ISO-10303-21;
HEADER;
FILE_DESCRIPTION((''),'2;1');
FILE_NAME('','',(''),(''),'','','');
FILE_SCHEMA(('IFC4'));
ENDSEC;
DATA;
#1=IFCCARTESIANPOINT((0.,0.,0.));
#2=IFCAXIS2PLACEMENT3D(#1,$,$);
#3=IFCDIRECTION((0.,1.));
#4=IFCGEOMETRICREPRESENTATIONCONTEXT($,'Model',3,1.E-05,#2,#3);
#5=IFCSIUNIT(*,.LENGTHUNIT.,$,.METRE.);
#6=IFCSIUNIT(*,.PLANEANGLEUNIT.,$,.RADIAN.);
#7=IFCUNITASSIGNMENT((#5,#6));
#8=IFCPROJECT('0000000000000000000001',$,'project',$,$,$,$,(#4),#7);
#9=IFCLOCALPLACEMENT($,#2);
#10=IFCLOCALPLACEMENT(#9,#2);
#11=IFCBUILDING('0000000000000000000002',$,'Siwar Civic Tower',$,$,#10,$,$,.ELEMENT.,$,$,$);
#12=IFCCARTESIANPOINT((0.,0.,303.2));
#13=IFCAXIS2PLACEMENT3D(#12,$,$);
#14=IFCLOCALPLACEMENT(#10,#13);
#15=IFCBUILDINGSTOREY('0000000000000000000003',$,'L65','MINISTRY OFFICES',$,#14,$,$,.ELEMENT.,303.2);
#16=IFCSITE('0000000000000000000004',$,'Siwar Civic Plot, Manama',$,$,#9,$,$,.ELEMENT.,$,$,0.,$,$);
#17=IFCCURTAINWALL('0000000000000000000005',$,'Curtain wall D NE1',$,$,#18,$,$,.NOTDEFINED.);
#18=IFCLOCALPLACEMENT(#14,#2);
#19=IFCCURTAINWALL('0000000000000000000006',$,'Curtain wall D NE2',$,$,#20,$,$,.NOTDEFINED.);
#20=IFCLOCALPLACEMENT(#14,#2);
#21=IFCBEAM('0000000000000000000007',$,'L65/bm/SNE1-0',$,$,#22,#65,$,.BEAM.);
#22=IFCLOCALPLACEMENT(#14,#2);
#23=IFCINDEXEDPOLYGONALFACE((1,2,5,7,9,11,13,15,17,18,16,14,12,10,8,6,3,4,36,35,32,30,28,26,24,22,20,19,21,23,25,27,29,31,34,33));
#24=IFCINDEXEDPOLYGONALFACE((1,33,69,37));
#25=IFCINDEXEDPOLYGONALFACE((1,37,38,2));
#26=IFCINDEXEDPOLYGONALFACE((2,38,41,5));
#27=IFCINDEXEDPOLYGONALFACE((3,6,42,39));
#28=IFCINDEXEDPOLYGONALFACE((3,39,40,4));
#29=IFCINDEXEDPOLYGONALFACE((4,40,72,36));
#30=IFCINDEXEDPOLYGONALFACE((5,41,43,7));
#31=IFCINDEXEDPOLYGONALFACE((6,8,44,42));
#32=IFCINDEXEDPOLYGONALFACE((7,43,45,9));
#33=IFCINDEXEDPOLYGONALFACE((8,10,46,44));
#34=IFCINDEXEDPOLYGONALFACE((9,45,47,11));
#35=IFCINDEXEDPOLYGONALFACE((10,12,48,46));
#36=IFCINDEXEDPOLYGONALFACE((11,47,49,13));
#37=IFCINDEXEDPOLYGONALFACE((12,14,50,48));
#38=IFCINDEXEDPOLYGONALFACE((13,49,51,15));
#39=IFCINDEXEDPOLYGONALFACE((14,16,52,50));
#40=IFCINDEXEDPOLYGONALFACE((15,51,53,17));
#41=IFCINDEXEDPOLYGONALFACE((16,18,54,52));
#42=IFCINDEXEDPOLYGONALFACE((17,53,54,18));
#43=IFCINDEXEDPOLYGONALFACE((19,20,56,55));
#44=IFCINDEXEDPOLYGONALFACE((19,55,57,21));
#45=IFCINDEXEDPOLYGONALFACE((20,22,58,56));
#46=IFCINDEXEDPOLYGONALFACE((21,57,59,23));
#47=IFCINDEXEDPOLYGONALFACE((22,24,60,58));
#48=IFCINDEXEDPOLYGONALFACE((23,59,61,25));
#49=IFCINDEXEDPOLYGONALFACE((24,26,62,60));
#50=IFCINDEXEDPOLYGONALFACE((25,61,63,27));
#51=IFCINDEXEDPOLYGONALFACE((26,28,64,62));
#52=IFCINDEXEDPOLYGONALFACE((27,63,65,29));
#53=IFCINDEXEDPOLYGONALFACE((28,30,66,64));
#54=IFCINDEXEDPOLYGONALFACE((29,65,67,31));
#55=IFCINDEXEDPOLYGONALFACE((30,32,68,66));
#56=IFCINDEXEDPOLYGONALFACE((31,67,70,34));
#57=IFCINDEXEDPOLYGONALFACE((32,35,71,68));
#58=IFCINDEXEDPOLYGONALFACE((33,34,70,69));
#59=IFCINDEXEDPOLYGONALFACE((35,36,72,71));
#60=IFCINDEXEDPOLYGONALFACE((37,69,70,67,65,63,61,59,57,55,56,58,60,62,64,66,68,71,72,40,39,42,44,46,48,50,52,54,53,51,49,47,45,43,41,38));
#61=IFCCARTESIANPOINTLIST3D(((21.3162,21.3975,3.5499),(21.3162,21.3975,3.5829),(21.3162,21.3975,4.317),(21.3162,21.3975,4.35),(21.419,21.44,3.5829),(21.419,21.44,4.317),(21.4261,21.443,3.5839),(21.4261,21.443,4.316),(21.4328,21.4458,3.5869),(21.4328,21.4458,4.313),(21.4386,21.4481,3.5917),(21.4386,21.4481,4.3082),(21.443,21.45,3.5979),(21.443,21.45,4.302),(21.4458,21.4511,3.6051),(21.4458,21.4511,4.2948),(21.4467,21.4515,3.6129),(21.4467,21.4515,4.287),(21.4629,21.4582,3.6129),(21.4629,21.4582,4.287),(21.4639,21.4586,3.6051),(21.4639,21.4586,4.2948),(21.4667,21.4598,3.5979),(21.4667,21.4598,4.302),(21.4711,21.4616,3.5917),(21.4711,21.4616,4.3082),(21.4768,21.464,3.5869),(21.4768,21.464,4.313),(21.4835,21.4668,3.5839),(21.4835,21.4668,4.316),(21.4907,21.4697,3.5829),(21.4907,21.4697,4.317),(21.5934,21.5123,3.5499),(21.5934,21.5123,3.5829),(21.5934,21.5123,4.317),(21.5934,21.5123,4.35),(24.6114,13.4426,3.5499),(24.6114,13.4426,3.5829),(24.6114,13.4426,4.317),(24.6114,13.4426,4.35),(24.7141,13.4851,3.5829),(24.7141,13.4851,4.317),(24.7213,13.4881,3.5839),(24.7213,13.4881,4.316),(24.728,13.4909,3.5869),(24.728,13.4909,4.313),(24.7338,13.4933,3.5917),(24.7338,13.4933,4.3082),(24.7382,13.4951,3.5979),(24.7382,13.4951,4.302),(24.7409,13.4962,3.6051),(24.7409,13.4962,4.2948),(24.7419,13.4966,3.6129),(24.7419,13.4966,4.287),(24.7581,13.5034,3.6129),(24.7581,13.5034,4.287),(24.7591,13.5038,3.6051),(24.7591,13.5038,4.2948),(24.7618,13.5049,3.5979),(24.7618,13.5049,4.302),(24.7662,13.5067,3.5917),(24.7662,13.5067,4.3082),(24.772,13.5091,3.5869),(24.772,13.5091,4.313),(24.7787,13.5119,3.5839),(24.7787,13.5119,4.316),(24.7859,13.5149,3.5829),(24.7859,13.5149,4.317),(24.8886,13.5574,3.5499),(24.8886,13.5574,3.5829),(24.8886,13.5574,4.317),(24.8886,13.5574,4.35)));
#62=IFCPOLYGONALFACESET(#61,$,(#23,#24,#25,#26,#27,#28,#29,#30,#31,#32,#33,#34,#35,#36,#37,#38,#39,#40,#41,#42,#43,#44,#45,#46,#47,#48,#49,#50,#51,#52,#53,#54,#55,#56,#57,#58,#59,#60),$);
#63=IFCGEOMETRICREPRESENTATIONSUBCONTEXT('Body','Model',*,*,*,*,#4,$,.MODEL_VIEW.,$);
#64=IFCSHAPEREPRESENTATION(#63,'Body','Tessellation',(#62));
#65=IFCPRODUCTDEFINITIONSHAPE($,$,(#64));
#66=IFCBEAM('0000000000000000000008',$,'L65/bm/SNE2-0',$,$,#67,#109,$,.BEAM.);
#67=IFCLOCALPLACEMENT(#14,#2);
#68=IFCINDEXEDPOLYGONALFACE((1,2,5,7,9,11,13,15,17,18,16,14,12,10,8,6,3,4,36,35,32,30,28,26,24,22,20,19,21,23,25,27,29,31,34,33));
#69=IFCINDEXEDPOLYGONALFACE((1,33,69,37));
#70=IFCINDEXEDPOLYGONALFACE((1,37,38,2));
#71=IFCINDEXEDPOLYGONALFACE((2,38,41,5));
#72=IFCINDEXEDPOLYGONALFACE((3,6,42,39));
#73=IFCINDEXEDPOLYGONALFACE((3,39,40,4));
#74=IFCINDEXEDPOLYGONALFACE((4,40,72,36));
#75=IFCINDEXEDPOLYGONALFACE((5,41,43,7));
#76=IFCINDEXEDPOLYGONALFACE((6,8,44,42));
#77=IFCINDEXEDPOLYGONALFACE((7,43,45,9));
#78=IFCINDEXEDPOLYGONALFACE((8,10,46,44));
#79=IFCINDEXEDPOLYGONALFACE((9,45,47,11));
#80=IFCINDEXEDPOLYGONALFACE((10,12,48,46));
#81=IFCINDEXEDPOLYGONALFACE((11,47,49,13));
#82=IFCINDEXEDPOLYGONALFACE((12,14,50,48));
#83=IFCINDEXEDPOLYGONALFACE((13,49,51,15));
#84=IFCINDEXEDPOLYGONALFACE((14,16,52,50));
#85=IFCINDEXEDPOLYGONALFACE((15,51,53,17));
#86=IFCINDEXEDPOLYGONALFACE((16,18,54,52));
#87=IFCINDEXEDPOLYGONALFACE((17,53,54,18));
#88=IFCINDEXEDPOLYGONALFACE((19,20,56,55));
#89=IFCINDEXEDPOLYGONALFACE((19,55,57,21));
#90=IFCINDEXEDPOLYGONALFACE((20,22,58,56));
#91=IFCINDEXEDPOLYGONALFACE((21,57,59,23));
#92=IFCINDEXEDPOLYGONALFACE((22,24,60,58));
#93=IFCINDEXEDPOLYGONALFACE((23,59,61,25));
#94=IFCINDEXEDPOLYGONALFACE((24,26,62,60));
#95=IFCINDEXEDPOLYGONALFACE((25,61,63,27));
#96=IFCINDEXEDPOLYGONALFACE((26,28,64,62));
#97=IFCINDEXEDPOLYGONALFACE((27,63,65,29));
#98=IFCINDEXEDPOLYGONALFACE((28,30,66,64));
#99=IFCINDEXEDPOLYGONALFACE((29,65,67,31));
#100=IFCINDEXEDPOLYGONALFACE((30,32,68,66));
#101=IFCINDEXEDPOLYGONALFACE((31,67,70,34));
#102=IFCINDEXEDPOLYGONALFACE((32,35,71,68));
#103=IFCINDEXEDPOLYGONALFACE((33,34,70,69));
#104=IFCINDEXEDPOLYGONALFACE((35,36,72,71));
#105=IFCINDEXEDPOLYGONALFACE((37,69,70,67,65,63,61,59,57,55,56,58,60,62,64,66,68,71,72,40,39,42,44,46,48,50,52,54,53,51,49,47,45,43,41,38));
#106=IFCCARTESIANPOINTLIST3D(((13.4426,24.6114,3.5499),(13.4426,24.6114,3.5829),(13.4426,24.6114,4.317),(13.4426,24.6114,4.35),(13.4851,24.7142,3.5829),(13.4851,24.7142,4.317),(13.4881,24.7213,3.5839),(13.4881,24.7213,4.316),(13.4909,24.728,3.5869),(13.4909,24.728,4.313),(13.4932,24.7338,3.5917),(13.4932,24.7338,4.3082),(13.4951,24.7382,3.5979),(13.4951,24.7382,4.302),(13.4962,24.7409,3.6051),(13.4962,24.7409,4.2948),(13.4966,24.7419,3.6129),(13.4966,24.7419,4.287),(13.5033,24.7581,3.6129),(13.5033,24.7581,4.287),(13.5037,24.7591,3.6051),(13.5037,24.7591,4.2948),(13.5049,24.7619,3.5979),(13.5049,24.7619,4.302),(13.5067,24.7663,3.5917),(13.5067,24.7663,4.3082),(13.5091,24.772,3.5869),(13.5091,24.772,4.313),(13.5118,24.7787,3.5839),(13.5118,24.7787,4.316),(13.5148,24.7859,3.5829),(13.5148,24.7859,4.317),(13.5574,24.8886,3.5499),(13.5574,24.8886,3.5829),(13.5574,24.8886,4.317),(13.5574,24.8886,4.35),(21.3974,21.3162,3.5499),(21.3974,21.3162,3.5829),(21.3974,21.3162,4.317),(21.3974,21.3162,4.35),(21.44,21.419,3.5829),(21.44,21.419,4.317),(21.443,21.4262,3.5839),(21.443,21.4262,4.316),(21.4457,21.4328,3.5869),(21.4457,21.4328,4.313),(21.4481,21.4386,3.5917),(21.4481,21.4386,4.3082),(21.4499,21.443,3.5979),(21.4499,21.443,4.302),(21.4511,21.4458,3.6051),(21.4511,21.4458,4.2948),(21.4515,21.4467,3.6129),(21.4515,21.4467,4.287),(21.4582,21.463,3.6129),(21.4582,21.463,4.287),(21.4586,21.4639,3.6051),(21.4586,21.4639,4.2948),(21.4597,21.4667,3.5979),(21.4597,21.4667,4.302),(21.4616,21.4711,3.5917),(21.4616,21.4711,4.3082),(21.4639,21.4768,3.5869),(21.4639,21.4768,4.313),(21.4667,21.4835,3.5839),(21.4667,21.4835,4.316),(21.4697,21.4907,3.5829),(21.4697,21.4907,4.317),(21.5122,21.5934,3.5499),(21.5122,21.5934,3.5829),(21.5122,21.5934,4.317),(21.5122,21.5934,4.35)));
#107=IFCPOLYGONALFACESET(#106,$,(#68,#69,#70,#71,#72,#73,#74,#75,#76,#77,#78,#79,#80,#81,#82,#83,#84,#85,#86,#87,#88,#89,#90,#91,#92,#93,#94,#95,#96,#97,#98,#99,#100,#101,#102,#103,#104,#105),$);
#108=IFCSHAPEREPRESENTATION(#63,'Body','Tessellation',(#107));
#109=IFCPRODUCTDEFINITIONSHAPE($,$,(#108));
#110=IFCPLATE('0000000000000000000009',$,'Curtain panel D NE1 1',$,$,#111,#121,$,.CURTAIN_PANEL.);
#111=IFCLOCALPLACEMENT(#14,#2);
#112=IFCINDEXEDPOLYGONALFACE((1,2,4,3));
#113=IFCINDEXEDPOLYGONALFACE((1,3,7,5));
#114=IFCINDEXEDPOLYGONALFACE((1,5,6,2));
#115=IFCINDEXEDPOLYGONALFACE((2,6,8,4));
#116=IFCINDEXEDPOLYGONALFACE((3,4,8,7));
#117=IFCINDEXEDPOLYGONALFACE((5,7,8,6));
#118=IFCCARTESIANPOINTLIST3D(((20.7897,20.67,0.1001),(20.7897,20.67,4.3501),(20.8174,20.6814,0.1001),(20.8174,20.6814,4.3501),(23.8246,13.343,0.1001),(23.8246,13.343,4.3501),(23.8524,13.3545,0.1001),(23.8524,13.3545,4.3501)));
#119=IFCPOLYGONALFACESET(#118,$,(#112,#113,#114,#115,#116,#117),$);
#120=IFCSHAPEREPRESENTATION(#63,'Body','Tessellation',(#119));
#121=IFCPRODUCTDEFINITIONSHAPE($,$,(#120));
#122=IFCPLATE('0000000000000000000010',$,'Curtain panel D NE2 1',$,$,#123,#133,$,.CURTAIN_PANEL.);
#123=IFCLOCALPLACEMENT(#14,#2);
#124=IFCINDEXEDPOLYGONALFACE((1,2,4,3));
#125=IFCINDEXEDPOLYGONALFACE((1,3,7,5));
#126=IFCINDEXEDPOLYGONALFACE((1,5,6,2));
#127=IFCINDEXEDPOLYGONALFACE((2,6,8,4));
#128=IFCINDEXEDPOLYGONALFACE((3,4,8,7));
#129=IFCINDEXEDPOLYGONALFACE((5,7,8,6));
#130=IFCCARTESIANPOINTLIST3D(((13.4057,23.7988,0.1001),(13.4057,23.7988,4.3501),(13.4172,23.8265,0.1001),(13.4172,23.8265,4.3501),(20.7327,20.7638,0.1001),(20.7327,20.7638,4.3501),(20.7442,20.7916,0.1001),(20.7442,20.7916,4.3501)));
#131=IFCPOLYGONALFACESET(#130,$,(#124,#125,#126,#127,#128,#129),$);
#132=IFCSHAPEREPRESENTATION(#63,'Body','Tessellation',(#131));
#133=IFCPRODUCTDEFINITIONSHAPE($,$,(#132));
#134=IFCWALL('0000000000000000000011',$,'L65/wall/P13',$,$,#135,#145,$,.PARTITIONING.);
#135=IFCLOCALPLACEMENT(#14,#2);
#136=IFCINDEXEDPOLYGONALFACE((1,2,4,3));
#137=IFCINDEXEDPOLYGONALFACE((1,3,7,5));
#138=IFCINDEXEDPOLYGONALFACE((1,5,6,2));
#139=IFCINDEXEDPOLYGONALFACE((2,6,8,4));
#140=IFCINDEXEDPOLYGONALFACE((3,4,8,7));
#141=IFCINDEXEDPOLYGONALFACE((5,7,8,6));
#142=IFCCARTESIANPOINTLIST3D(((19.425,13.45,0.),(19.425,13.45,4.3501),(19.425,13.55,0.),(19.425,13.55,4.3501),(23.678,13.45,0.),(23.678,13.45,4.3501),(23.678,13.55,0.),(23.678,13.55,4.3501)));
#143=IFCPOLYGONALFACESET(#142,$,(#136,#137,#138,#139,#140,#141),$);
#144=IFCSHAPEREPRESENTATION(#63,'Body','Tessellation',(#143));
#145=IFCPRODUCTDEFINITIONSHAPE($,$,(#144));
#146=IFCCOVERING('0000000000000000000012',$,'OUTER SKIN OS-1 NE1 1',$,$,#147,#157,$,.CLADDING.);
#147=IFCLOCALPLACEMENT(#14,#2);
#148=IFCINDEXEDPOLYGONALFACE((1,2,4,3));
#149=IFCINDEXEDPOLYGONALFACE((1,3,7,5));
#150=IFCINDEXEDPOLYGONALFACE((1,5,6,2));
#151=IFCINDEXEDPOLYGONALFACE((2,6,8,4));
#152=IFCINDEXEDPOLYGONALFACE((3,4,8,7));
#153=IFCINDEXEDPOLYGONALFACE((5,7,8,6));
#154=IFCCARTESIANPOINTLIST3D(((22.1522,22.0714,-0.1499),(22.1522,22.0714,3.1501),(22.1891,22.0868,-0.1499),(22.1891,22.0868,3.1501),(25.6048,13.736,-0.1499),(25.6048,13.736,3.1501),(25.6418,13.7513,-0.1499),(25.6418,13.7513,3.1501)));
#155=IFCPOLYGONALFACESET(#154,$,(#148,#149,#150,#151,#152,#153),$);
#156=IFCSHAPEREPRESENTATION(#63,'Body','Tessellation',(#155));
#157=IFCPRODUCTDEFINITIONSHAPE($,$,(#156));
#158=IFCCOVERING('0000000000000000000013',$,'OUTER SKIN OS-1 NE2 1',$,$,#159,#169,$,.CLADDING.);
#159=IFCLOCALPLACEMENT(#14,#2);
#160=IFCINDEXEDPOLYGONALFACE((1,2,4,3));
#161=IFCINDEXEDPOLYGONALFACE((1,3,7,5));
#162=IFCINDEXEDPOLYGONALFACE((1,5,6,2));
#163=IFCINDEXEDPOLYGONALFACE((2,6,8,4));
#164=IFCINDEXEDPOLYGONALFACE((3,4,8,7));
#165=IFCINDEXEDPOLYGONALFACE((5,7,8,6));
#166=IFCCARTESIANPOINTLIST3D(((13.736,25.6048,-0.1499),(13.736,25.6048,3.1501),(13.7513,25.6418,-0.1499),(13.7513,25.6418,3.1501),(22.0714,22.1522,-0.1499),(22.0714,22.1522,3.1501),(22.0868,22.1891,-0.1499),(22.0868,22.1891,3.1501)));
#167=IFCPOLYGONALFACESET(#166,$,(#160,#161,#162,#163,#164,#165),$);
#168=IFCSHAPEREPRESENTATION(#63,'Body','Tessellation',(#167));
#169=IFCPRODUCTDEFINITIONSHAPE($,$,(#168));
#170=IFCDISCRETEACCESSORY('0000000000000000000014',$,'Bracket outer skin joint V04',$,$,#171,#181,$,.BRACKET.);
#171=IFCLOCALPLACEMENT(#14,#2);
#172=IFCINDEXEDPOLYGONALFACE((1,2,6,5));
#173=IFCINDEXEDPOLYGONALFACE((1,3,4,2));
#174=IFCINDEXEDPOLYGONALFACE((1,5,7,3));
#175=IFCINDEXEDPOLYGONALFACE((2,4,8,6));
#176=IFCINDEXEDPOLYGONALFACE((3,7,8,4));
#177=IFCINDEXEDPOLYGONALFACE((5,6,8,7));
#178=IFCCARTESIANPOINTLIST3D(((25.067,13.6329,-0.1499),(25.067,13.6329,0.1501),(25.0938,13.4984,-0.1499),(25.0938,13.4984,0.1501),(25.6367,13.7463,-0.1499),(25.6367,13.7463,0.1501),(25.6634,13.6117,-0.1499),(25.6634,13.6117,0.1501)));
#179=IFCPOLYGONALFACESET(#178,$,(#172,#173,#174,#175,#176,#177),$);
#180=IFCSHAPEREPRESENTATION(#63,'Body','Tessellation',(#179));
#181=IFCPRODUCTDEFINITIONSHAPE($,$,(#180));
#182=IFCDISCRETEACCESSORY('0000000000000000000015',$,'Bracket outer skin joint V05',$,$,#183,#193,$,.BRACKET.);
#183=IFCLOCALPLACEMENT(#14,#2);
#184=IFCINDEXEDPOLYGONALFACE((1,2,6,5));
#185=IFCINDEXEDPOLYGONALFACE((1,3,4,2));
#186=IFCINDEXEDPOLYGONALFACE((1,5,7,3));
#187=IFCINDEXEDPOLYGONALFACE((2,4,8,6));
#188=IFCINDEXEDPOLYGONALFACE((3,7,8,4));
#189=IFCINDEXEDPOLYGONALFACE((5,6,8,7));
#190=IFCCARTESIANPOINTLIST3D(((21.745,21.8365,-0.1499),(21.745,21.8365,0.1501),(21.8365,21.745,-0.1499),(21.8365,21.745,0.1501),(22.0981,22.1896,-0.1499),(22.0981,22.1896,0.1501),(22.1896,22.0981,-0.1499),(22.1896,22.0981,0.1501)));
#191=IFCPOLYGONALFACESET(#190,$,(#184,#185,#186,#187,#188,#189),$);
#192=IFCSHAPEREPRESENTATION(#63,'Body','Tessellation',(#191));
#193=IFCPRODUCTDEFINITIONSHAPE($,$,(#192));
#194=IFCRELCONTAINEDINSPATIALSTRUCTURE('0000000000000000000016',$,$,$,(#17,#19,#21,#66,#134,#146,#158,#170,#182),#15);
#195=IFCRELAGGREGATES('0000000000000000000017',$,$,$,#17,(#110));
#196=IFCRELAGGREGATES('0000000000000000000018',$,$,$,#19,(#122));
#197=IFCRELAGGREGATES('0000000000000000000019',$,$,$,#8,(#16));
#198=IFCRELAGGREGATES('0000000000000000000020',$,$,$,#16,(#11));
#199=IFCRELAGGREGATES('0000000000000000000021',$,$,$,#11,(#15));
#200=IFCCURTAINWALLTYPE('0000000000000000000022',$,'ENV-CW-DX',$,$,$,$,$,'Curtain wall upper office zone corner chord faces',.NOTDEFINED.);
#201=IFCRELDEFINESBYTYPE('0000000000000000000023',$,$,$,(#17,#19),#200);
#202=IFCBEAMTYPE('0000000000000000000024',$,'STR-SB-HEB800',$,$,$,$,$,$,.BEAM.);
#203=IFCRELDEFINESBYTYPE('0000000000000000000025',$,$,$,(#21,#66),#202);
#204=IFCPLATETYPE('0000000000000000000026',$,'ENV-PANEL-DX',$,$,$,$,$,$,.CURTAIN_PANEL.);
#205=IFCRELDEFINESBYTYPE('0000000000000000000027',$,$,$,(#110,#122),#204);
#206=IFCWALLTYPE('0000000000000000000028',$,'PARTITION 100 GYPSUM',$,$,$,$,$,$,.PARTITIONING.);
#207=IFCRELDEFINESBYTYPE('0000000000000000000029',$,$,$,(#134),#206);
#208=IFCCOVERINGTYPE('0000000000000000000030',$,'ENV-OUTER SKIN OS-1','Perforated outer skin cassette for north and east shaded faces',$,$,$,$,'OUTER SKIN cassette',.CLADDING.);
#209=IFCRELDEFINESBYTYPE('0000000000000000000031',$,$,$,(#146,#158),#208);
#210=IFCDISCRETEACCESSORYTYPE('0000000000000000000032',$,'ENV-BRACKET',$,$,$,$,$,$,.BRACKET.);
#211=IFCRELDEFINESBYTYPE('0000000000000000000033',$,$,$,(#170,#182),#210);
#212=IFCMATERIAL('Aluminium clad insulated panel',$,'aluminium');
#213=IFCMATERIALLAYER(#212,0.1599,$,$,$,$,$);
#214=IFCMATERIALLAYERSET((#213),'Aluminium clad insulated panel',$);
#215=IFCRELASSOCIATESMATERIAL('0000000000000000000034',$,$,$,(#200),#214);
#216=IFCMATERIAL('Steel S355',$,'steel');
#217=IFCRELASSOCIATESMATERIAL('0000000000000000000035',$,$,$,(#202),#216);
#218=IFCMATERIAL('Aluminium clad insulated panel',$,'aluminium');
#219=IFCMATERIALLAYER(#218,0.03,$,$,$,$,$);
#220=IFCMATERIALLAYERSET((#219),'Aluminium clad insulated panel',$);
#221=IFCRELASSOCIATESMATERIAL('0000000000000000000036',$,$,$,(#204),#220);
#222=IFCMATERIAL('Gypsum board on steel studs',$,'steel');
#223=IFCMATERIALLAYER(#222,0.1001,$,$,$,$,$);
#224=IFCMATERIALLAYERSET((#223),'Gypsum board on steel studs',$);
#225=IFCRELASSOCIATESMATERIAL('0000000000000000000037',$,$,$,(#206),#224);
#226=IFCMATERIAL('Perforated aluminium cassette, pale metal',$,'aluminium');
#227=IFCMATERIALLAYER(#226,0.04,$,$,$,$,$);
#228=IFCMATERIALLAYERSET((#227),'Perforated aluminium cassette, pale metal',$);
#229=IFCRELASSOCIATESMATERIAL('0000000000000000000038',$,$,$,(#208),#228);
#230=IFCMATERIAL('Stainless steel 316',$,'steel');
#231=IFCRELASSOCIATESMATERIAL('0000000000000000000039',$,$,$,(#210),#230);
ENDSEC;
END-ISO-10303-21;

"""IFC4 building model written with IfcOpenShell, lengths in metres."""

from ifc_helpers import new_model, si_unit, direction, frame, frame_2d, origin, origin_2d, place, context, subcontext, project, spatial, rectangle, i_section, extrude, material, layer, layer_set, material_profile, profile_set, type_object, element, aggregate, save


model = new_model("IFC4")

# Units and contexts
model_context = context("Model", 3, precision=1e-05, world=origin(), true_north=direction((0.0, 1.0)))
body_context = subcontext(model_context, "Body", "Model", "MODEL_VIEW")
ifc_project = project(units=[si_unit("LENGTHUNIT", "METRE"), si_unit("PLANEANGLEUNIT", "RADIAN")], contexts=[model_context])

# Site, building, storey
site_placement = place(None, origin())
site = spatial("IfcSite", under=ifc_project, at=site_placement, Name="Siwar Civic Plot, Manama", CompositionType="ELEMENT", RefElevation=0.0)
building_placement = place(site_placement, origin())
building = spatial("IfcBuilding", under=site, at=building_placement, Name="Siwar Civic Tower", CompositionType="ELEMENT")
storey_placement = place(building_placement, frame((0.0, 0.0, 303.2)))
storey = spatial("IfcBuildingStorey", under=building, at=storey_placement, Name="L65", Description="MINISTRY OFFICES", CompositionType="ELEMENT", Elevation=303.2)

# Curtain walls
ifc_material_1 = material(Name="Aluminium clad insulated panel", Category="aluminium")
ifc_layer_1 = layer(ifc_material_1, 0.1599)
ifc_layer_set_1 = layer_set([ifc_layer_1], Name="Aluminium clad insulated panel")
curtain_wall_type = type_object("IfcCurtainWallType", Name="ENV-CW-DX", ElementType="Curtain wall upper office zone corner chord faces", PredefinedType="NOTDEFINED", material=ifc_layer_set_1)
curtain_wall_1_placement = place(storey_placement, origin())
curtain_wall_1 = element("IfcCurtainWall", 1, at=curtain_wall_1_placement, inside=storey, type_object=curtain_wall_type, Name="Curtain wall D NE1", PredefinedType="NOTDEFINED")
curtain_wall_2_placement = place(storey_placement, origin())
curtain_wall_2 = element("IfcCurtainWall", 2, at=curtain_wall_2_placement, inside=storey, type_object=curtain_wall_type, Name="Curtain wall D NE2", PredefinedType="NOTDEFINED")

# Beams
ifc_material_2 = material(Name="Steel S355", Category="steel")
ifc_material_profile_1 = material_profile(ifc_material_2, i_section(OverallWidth=0.3, OverallDepth=0.8, WebThickness=0.0176, FlangeThickness=0.033, FilletRadius=0.03, at=origin_2d()), Name="HEB800")
ifc_profile_set_1 = profile_set([ifc_material_profile_1], Name="Steel S355")
beam_type_1 = type_object("IfcBeamType", Name="STR-SB-HEB800", PredefinedType="BEAM", material=ifc_profile_set_1)
for number, where, z_axis, x_axis, name in (
    (3, (24.75, 13.5, 3.95), (-0.3827, 0.923873, 0.0), (-0.923873, -0.3827, 0.0), "L65/bm/SNE1-0"),
    (4, (21.4548, 21.4548, 3.95), (-0.923873, 0.3827, 0.0), (-0.3827, -0.923873, 0.0), "L65/bm/SNE2-0"),
):
    element("IfcBeam", number, at=place(storey_placement, frame(where, z_axis=z_axis, x_axis=x_axis)), inside=storey, type_object=beam_type_1, Name=name, PredefinedType="BEAM", context=body_context, shape_type="SweptSolid", body=[
        extrude(i_section(OverallWidth=0.3, OverallDepth=0.8, WebThickness=0.0176, FlangeThickness=0.033, FilletRadius=0.03, at=origin_2d()), origin(), (0.0, 0.0, 1.0), 8.6104),
    ])

# Plates
ifc_material_3 = material(Name="Aluminium clad insulated panel", Category="aluminium")
ifc_layer_2 = layer(ifc_material_3, 0.03)
ifc_layer_set_2 = layer_set([ifc_layer_2], Name="Aluminium clad insulated panel")
plate_type = type_object("IfcPlateType", Name="ENV-PANEL-DX", PredefinedType="CURTAIN_PANEL", material=ifc_layer_set_2)
plate_1_placement = place(storey_placement, frame((22.321, 17.0122, 0.1001), z_axis=(0.0, 0.0, 1.0), x_axis=(-0.382683, 0.92388, 0.0)))
plate_1 = element("IfcPlate", 5, at=plate_1_placement, type_object=plate_type, Name="Curtain panel D NE1 1", PredefinedType="CURTAIN_PANEL", context=body_context, shape_type="SweptSolid", body=[
    extrude(rectangle(XDim=7.9307, YDim=0.03, at=origin_2d()), origin(), (0.0, 0.0, 1.0), 4.25),
])
aggregate(curtain_wall_1, [plate_1])
plate_2_placement = place(storey_placement, frame((17.075, 22.2952, 0.1001), z_axis=(0.0, 0.0, 1.0), x_axis=(-0.92388, 0.382683, 0.0)))
plate_2 = element("IfcPlate", 6, at=plate_2_placement, type_object=plate_type, Name="Curtain panel D NE2 1", PredefinedType="CURTAIN_PANEL", context=body_context, shape_type="SweptSolid", body=[
    extrude(rectangle(XDim=7.9307, YDim=0.03, at=origin_2d()), origin(), (0.0, 0.0, 1.0), 4.25),
])
aggregate(curtain_wall_2, [plate_2])

# Wall
ifc_material_4 = material(Name="Gypsum board on steel studs", Category="steel")
ifc_layer_3 = layer(ifc_material_4, 0.1001)
ifc_layer_set_3 = layer_set([ifc_layer_3], Name="Gypsum board on steel studs")
wall_type = type_object("IfcWallType", Name="PARTITION 100 GYPSUM", PredefinedType="PARTITIONING", material=ifc_layer_set_3)
wall_placement = place(storey_placement, frame((19.425, 13.5, 0.0), z_axis=(0.0, 0.0, 1.0), x_axis=(1.0, 0.0, 0.0)))
element("IfcWall", 7, at=wall_placement, inside=storey, type_object=wall_type, Name="L65/wall/P13", PredefinedType="PARTITIONING", context=body_context, shape_type="SweptSolid", body=[
    extrude(rectangle(XDim=4.2529, YDim=0.1001, at=frame_2d((2.1265, 0.0))), origin(), (0.0, 0.0, 1.0), 4.3501),
])

# Coverings
ifc_material_5 = material(Name="Perforated aluminium cassette, pale metal", Category="aluminium")
ifc_layer_4 = layer(ifc_material_5, 0.04)
ifc_layer_set_4 = layer_set([ifc_layer_4], Name="Perforated aluminium cassette, pale metal")
covering_type = type_object("IfcCoveringType", Name="ENV-OUTER SKIN OS-1", Description="Perforated outer skin cassette for north and east shaded faces", ElementType="OUTER SKIN cassette", PredefinedType="CLADDING", material=ifc_layer_set_4)
for number, where, z_axis, x_axis, name in (
    (8, (23.897, 17.9114, -0.1499), (0.0, 0.0, 1.0), (-0.382683, 0.92388, 0.0), "OUTER SKIN OS-1 NE1 1"),
    (9, (17.9114, 23.897, -0.1499), (0.0, 0.0, 1.0), (-0.92388, 0.382683, 0.0), "OUTER SKIN OS-1 NE2 1"),
):
    element("IfcCovering", number, at=place(storey_placement, frame(where, z_axis=z_axis, x_axis=x_axis)), inside=storey, type_object=covering_type, Name=name, PredefinedType="CLADDING", context=body_context, shape_type="SweptSolid", body=[
        extrude(rectangle(XDim=9.0222, YDim=0.04, at=origin_2d()), origin(), (0.0, 0.0, 1.0), 3.3),
    ])

# Discrete accessories
ifc_material_6 = material(Name="Stainless steel 316", Category="steel")
discrete_accessory_type = type_object("IfcDiscreteAccessoryType", Name="ENV-BRACKET", PredefinedType="BRACKET", material=ifc_material_6)
discrete_accessory_1_placement = place(storey_placement, frame((25.3652, 13.6223, -0.1499), z_axis=(0.0, 0.0, 1.0), x_axis=(0.980785, 0.19509, 0.0)))
element("IfcDiscreteAccessory", 10, at=discrete_accessory_1_placement, inside=storey, type_object=discrete_accessory_type, Name="Bracket outer skin joint V04", PredefinedType="BRACKET", context=body_context, shape_type="SweptSolid", body=[
    extrude(rectangle(XDim=0.5808, YDim=0.1372, at=origin_2d()), origin(), (0.0, 0.0, 1.0), 0.3),
])
discrete_accessory_2_placement = place(storey_placement, frame((21.9673, 21.9673, -0.1499), z_axis=(0.0, 0.0, 1.0), x_axis=(0.707107, 0.707107, 0.0)))
element("IfcDiscreteAccessory", 11, at=discrete_accessory_2_placement, inside=storey, type_object=discrete_accessory_type, Name="Bracket outer skin joint V05", PredefinedType="BRACKET", context=body_context, shape_type="SweptSolid", body=[
    extrude(rectangle(XDim=0.4993, YDim=0.1294, at=origin_2d()), origin(), (0.0, 0.0, 1.0), 0.3),
])

save(model, "model.ifc")
